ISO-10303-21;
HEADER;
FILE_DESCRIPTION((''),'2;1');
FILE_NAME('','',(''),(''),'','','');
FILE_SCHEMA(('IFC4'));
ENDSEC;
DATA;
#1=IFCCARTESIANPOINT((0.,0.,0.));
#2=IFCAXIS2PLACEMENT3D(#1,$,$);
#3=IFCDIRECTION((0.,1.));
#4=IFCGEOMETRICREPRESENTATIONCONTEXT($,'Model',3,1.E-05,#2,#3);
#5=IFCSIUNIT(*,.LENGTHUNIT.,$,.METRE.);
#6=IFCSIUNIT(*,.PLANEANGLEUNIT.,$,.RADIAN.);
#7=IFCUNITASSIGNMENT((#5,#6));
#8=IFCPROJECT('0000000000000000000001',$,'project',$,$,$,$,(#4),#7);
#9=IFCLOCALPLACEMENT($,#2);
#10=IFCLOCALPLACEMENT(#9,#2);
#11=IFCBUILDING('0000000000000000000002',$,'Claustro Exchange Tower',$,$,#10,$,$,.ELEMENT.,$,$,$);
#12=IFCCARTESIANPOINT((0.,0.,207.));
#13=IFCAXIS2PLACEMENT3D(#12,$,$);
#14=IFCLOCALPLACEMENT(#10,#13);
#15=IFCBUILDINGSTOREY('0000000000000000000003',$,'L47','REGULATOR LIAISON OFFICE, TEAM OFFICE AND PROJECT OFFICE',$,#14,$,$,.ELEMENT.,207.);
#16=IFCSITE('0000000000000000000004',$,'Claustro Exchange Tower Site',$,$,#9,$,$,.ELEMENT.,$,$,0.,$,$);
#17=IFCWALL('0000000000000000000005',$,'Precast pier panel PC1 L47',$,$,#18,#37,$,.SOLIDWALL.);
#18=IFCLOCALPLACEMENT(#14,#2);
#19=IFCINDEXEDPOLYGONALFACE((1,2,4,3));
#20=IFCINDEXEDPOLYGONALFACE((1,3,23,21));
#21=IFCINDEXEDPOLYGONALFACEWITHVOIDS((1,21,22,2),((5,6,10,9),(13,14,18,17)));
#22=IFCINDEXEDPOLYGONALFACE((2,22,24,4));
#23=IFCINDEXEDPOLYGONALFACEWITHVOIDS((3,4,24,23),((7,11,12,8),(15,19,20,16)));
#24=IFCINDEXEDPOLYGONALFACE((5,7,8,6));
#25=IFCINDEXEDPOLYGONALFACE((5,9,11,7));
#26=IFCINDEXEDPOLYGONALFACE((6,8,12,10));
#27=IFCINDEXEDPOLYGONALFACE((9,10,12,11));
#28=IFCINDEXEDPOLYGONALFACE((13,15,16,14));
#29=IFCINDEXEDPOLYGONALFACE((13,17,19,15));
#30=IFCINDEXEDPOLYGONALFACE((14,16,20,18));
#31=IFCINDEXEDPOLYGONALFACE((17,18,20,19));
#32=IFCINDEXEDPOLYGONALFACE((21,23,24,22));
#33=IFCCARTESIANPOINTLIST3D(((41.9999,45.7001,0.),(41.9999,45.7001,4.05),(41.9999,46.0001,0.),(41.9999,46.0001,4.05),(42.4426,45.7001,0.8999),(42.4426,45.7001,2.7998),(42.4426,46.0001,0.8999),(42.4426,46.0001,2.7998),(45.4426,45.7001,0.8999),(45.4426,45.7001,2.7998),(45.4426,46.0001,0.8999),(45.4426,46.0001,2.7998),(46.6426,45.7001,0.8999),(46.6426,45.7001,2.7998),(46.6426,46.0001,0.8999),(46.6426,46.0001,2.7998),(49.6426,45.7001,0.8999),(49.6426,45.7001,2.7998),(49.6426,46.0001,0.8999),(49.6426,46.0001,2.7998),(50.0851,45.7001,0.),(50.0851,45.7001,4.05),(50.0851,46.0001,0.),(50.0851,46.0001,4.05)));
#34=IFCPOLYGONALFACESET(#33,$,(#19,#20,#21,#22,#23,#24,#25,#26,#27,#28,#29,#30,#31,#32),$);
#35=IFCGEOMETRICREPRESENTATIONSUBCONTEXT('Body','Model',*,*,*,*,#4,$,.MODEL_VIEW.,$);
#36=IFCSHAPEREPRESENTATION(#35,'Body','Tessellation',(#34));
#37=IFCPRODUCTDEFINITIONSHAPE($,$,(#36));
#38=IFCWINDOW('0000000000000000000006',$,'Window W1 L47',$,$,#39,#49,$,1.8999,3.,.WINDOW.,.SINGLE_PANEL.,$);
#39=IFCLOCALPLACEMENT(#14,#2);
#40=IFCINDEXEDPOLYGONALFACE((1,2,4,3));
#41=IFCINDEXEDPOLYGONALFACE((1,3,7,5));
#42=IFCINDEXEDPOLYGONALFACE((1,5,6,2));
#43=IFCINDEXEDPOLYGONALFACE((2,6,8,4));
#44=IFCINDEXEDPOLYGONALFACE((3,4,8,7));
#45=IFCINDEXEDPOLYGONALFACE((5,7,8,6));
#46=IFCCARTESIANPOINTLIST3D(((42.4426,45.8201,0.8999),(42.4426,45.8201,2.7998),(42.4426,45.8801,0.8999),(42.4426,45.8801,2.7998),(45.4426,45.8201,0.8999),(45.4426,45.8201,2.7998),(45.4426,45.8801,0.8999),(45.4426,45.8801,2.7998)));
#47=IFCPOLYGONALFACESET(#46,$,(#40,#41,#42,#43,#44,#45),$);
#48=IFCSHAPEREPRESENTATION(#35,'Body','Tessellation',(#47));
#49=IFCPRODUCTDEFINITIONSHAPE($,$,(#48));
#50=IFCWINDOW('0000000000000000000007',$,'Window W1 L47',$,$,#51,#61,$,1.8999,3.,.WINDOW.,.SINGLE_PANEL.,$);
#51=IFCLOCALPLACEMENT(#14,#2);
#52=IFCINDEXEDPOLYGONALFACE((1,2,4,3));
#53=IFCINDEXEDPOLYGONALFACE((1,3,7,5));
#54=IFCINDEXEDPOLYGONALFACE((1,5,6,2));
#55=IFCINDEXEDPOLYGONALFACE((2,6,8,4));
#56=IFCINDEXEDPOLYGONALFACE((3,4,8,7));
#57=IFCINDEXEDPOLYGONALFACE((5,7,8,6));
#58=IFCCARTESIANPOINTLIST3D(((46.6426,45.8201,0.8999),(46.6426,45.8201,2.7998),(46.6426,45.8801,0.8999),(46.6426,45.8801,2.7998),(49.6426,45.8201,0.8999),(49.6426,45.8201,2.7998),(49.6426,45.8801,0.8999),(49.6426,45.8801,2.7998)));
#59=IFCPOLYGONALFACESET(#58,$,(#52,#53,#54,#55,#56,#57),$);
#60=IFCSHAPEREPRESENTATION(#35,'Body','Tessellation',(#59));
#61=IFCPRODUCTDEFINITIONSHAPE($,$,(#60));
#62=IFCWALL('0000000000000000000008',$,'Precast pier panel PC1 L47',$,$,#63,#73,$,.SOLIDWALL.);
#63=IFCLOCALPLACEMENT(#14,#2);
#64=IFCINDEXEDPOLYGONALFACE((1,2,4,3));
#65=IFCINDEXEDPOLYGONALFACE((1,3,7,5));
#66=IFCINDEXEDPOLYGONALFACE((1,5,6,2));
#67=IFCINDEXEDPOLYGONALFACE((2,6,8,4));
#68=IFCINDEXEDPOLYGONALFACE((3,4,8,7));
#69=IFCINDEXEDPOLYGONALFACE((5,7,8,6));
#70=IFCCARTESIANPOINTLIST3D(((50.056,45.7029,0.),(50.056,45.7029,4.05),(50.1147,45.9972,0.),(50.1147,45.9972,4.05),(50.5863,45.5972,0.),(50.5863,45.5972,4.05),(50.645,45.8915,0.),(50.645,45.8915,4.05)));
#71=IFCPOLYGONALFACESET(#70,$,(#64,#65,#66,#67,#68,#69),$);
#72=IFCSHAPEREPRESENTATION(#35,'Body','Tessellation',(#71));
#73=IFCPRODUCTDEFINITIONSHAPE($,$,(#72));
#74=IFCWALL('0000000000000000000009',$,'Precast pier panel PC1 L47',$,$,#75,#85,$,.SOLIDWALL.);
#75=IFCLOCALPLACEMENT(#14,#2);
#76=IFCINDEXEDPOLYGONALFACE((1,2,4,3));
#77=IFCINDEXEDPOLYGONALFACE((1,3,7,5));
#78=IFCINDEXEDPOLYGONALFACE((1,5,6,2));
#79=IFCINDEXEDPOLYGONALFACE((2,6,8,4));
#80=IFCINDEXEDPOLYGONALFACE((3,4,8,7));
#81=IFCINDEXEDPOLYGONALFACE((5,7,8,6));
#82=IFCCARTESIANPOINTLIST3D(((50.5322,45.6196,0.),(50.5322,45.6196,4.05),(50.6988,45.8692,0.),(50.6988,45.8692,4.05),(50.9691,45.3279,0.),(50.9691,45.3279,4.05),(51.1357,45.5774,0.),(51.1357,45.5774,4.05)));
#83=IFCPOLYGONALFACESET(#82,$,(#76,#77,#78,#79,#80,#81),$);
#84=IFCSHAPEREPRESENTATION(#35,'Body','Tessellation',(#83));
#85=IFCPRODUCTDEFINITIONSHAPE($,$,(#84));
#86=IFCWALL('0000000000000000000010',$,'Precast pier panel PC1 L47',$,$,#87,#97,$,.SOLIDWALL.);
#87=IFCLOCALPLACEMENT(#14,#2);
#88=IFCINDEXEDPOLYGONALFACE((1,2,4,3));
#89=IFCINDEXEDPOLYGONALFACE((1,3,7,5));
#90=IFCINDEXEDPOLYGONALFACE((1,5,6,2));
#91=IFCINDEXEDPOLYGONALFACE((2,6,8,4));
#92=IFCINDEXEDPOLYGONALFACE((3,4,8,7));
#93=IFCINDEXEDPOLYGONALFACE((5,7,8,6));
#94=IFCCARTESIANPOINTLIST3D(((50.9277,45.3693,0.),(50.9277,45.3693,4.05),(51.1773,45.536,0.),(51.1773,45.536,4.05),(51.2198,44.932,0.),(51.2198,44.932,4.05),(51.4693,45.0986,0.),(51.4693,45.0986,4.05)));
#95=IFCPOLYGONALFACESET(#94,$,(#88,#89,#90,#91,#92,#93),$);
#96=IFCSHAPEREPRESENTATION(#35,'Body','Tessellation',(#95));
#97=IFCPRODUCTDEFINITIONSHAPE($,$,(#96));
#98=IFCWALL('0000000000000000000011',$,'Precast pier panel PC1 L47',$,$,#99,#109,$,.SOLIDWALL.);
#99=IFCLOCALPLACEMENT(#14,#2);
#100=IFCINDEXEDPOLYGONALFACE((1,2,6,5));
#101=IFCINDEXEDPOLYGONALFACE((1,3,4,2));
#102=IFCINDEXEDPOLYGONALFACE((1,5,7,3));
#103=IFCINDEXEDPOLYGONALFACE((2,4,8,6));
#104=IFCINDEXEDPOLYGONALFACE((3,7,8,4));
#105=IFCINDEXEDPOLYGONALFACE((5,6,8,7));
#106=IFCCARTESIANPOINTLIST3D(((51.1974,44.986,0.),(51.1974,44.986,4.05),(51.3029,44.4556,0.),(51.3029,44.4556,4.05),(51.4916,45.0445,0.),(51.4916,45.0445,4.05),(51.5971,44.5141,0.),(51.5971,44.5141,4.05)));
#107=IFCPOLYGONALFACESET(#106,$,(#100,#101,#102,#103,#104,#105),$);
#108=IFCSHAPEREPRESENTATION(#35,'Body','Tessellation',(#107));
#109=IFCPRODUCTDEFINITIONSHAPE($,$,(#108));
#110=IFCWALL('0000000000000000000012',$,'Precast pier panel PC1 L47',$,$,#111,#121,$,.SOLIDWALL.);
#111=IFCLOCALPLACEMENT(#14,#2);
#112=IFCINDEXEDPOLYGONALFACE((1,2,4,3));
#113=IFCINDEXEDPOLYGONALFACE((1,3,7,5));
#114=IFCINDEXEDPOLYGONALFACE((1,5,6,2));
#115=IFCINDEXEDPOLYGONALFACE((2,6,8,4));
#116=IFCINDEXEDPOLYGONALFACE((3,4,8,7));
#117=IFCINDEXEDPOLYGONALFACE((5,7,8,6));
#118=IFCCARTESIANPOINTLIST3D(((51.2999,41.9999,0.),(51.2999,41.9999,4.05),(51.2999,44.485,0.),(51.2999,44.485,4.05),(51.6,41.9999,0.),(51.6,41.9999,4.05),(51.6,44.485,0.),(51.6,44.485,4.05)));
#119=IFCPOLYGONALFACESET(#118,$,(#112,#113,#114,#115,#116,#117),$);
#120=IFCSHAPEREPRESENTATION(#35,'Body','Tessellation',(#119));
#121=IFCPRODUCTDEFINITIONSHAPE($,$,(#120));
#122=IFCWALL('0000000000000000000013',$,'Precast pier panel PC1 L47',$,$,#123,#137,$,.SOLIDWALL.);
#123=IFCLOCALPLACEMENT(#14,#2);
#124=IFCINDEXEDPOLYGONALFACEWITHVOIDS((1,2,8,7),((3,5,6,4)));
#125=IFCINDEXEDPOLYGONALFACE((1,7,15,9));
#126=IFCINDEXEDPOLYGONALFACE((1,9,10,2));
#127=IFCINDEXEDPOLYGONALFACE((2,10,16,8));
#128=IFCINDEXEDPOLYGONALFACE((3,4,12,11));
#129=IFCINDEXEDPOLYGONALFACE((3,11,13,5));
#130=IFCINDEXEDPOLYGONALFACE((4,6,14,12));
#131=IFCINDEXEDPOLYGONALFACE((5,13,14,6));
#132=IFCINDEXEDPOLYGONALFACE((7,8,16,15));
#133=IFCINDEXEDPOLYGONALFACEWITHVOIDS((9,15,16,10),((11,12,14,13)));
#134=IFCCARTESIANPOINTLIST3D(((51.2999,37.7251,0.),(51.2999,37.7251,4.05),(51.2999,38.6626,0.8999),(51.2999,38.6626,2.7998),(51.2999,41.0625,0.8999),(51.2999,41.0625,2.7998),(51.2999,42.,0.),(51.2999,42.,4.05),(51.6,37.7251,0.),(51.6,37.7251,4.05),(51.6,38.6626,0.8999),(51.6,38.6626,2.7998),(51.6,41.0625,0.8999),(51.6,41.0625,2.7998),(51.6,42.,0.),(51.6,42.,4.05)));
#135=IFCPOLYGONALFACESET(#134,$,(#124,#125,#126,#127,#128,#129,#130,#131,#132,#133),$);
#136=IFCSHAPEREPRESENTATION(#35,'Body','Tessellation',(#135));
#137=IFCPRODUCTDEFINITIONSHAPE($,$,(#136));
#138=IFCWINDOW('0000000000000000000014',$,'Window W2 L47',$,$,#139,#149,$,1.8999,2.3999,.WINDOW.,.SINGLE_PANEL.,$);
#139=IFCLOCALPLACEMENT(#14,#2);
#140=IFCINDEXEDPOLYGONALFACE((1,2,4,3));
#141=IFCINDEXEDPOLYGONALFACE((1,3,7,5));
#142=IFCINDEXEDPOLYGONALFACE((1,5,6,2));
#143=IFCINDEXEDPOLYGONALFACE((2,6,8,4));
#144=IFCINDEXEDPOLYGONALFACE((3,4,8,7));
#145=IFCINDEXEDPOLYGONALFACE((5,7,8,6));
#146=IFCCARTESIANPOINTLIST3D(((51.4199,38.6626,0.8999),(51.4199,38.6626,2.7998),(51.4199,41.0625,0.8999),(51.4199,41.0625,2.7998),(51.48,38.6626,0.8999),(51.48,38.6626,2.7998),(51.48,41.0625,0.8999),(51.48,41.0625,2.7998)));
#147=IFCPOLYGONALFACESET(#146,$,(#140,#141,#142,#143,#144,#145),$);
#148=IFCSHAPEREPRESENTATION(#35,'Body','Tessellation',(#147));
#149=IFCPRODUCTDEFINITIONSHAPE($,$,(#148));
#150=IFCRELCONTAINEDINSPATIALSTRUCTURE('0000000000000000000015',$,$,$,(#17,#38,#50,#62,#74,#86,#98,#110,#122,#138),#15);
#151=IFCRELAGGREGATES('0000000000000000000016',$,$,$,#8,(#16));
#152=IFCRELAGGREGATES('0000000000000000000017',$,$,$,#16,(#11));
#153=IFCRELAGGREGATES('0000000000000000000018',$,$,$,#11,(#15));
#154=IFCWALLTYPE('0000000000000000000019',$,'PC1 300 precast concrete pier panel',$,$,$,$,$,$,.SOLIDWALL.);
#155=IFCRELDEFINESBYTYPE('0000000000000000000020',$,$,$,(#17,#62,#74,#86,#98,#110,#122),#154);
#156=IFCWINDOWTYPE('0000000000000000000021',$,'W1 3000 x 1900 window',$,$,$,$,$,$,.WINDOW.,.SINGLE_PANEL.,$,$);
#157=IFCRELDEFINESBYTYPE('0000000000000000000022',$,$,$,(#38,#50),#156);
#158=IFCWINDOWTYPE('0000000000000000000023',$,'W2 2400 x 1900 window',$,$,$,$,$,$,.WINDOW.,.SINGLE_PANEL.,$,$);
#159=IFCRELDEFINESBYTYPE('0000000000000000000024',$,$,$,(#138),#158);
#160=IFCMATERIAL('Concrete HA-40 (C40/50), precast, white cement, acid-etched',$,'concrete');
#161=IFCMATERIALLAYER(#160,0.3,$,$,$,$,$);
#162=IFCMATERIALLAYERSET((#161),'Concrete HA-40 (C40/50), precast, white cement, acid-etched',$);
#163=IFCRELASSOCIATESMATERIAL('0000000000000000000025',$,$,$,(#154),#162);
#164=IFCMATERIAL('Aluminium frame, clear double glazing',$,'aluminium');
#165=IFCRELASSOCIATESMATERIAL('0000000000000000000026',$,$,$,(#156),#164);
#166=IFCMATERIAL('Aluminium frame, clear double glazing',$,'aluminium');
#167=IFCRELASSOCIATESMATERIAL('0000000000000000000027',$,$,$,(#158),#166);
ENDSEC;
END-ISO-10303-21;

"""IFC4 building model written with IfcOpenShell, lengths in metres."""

from ifc_helpers import new_model, si_unit, direction, frame, frame_2d, origin, place, context, subcontext, project, spatial, rectangle, extrude, material, layer, layer_set, type_object, element, fill, save


model = new_model("IFC4")

# Units and contexts
model_context = context("Model", 3, precision=1e-05, world=origin(), true_north=direction((0.0, 1.0)))
body_context = subcontext(model_context, "Body", "Model", "MODEL_VIEW")
ifc_project = project(units=[si_unit("LENGTHUNIT", "METRE"), si_unit("PLANEANGLEUNIT", "RADIAN")], contexts=[model_context])

# Site, building, storey
site_placement = place(None, origin())
site = spatial("IfcSite", under=ifc_project, at=site_placement, Name="Claustro Exchange Tower Site", CompositionType="ELEMENT", RefElevation=0.0)
building_placement = place(site_placement, origin())
building = spatial("IfcBuilding", under=site, at=building_placement, Name="Claustro Exchange Tower", CompositionType="ELEMENT")
storey_placement = place(building_placement, frame((0.0, 0.0, 207.0)))
storey = spatial("IfcBuildingStorey", under=building, at=storey_placement, Name="L47", Description="REGULATOR LIAISON OFFICE, TEAM OFFICE AND PROJECT OFFICE", CompositionType="ELEMENT", Elevation=207.0)

# Wall, openings, windows
ifc_material_1 = material(Name="Concrete HA-40 (C40/50), precast, white cement, acid-etched", Category="concrete")
ifc_layer_1 = layer(ifc_material_1, 0.3)
ifc_layer_set_1 = layer_set([ifc_layer_1], Name="Concrete HA-40 (C40/50), precast, white cement, acid-etched")
wall_type_1 = type_object("IfcWallType", Name="PC1 300 precast concrete pier panel", PredefinedType="SOLIDWALL", material=ifc_layer_set_1)
wall_1_placement = place(storey_placement, frame((42.0, 45.8501, 0.0), z_axis=(0.0, 0.0, 1.0), x_axis=(1.0, 0.0, 0.0)))
wall_1 = element("IfcWall", 1, at=wall_1_placement, inside=storey, type_object=wall_type_1, Name="Precast pier panel PC1 L47", PredefinedType="SOLIDWALL", context=body_context, shape_type="SweptSolid", body=[
    extrude(rectangle(XDim=8.0852, YDim=0.3, at=frame_2d((4.0425, 0.0))), origin(), (0.0, 0.0, 1.0), 4.05),
])
opening_1_placement = place(wall_1_placement, frame((0.4426, 0.0, 0.8999)))
opening_1 = element("IfcOpeningElement", 2, at=opening_1_placement, cuts=wall_1, PredefinedType="OPENING", context=body_context, shape_type="SweptSolid", body=[
    extrude(rectangle(XDim=3.0, YDim=1.8999, at=frame_2d((1.5, 0.95))), frame((0.0, 0.1599, 0.0), z_axis=(0.0, -1.0, 0.0), x_axis=(1.0, 0.0, 0.0)), (0.0, 0.0, 1.0), 0.3201),
])
opening_2_placement = place(wall_1_placement, frame((4.6426, 0.0, 0.8999)))
opening_2 = element("IfcOpeningElement", 3, at=opening_2_placement, cuts=wall_1, PredefinedType="OPENING", context=body_context, shape_type="SweptSolid", body=[
    extrude(rectangle(XDim=3.0, YDim=1.8999, at=frame_2d((1.5, 0.95))), frame((0.0, 0.1599, 0.0), z_axis=(0.0, -1.0, 0.0), x_axis=(1.0, 0.0, 0.0)), (0.0, 0.0, 1.0), 0.3201),
])
ifc_material_2 = material(Name="Aluminium frame, clear double glazing", Category="aluminium")
window_type_1 = type_object("IfcWindowType", Name="W1 3000 x 1900 window", PartitioningType="SINGLE_PANEL", PredefinedType="WINDOW", material=ifc_material_2)
window_1_placement = place(opening_1_placement, origin())
window_1 = element("IfcWindow", 4, at=window_1_placement, inside=storey, type_object=window_type_1, Name="Window W1 L47", OverallHeight=1.8999, OverallWidth=3.0, PartitioningType="SINGLE_PANEL", PredefinedType="WINDOW", context=body_context, shape_type="SweptSolid", body=[
    extrude(rectangle(XDim=3.0, YDim=1.8999, at=frame_2d((1.5, 0.95))), frame((0.0, 0.03, 0.0), z_axis=(0.0, -1.0, 0.0), x_axis=(1.0, 0.0, 0.0)), (0.0, 0.0, 1.0), 0.0601),
])
fill(opening_1, window_1)
window_2_placement = place(opening_2_placement, origin())
window_2 = element("IfcWindow", 5, at=window_2_placement, inside=storey, type_object=window_type_1, Name="Window W1 L47", OverallHeight=1.8999, OverallWidth=3.0, PartitioningType="SINGLE_PANEL", PredefinedType="WINDOW", context=body_context, shape_type="SweptSolid", body=[
    extrude(rectangle(XDim=3.0, YDim=1.8999, at=frame_2d((1.5, 0.95))), frame((0.0, 0.03, 0.0), z_axis=(0.0, -1.0, 0.0), x_axis=(1.0, 0.0, 0.0)), (0.0, 0.0, 1.0), 0.0601),
])
fill(opening_2, window_2)

# Walls
wall_2_placement = place(storey_placement, frame((50.0852, 45.8501, 0.0), z_axis=(0.0, 0.0, 1.0), x_axis=(0.980702, -0.195508, 0.0)))
element("IfcWall", 6, at=wall_2_placement, inside=storey, type_object=wall_type_1, Name="Precast pier panel PC1 L47", PredefinedType="SOLIDWALL", context=body_context, shape_type="SweptSolid", body=[
    extrude(rectangle(XDim=0.5408, YDim=0.3, at=frame_2d((0.2705, 0.0))), origin(), (0.0, 0.0, 1.0), 4.05),
])
wall_3_placement = place(storey_placement, frame((50.6155, 45.7444, 0.0), z_axis=(0.0, 0.0, 1.0), x_axis=(0.831693, -0.555236, 0.0)))
element("IfcWall", 7, at=wall_3_placement, inside=storey, type_object=wall_type_1, Name="Precast pier panel PC1 L47", PredefinedType="SOLIDWALL", context=body_context, shape_type="SweptSolid", body=[
    extrude(rectangle(XDim=0.5254, YDim=0.3, at=frame_2d((0.2627, 0.0))), origin(), (0.0, 0.0, 1.0), 4.05),
])
wall_4_placement = place(storey_placement, frame((51.0525, 45.4526, 0.0), z_axis=(0.0, 0.0, 1.0), x_axis=(0.555343, -0.831621, 0.0)))
element("IfcWall", 8, at=wall_4_placement, inside=storey, type_object=wall_type_1, Name="Precast pier panel PC1 L47", PredefinedType="SOLIDWALL", context=body_context, shape_type="SweptSolid", body=[
    extrude(rectangle(XDim=0.5259, YDim=0.3, at=frame_2d((0.2629, 0.0))), origin(), (0.0, 0.0, 1.0), 4.05),
])
wall_5_placement = place(storey_placement, frame((51.3445, 45.0154, 0.0), z_axis=(0.0, 0.0, 1.0), x_axis=(0.195074, -0.980789, 0.0)))
element("IfcWall", 9, at=wall_5_placement, inside=storey, type_object=wall_type_1, Name="Precast pier panel PC1 L47", PredefinedType="SOLIDWALL", context=body_context, shape_type="SweptSolid", body=[
    extrude(rectangle(XDim=0.5408, YDim=0.3, at=frame_2d((0.2705, 0.0))), origin(), (0.0, 0.0, 1.0), 4.05),
])
wall_6_placement = place(storey_placement, frame((51.45, 44.4851, 0.0), z_axis=(0.0, 0.0, 1.0), x_axis=(0.0, -1.0, 0.0)))
element("IfcWall", 10, at=wall_6_placement, inside=storey, type_object=wall_type_1, Name="Precast pier panel PC1 L47", PredefinedType="SOLIDWALL", context=body_context, shape_type="SweptSolid", body=[
    extrude(rectangle(XDim=2.4851, YDim=0.3, at=frame_2d((1.2427, 0.0))), origin(), (0.0, 0.0, 1.0), 4.05),
])

# Wall, opening, window
wall_7_placement = place(storey_placement, frame((51.45, 42.0, 0.0), z_axis=(0.0, 0.0, 1.0), x_axis=(0.0, -1.0, 0.0)))
wall_7 = element("IfcWall", 11, at=wall_7_placement, inside=storey, type_object=wall_type_1, Name="Precast pier panel PC1 L47", PredefinedType="SOLIDWALL", context=body_context, shape_type="SweptSolid", body=[
    extrude(rectangle(XDim=4.2749, YDim=0.3, at=frame_2d((2.1375, 0.0))), origin(), (0.0, 0.0, 1.0), 4.05),
])
opening_3_placement = place(wall_7_placement, frame((0.9375, 0.0, 0.8999)))
opening_3 = element("IfcOpeningElement", 12, at=opening_3_placement, cuts=wall_7, PredefinedType="OPENING", context=body_context, shape_type="SweptSolid", body=[
    extrude(rectangle(XDim=2.3999, YDim=1.8999, at=frame_2d((1.2, 0.95))), frame((0.0, 0.1599, 0.0), z_axis=(0.0, -1.0, 0.0), x_axis=(1.0, 0.0, 0.0)), (0.0, 0.0, 1.0), 0.3201),
])
ifc_material_3 = material(Name="Aluminium frame, clear double glazing", Category="aluminium")
window_type_2 = type_object("IfcWindowType", Name="W2 2400 x 1900 window", PartitioningType="SINGLE_PANEL", PredefinedType="WINDOW", material=ifc_material_3)
window_3_placement = place(opening_3_placement, origin())
window_3 = element("IfcWindow", 13, at=window_3_placement, inside=storey, type_object=window_type_2, Name="Window W2 L47", OverallHeight=1.8999, OverallWidth=2.3999, PartitioningType="SINGLE_PANEL", PredefinedType="WINDOW", context=body_context, shape_type="SweptSolid", body=[
    extrude(rectangle(XDim=2.3999, YDim=1.8999, at=frame_2d((1.2, 0.95))), frame((0.0, 0.03, 0.0), z_axis=(0.0, -1.0, 0.0), x_axis=(1.0, 0.0, 0.0)), (0.0, 0.0, 1.0), 0.0601),
])
fill(opening_3, window_3)

save(model, "model.ifc")
